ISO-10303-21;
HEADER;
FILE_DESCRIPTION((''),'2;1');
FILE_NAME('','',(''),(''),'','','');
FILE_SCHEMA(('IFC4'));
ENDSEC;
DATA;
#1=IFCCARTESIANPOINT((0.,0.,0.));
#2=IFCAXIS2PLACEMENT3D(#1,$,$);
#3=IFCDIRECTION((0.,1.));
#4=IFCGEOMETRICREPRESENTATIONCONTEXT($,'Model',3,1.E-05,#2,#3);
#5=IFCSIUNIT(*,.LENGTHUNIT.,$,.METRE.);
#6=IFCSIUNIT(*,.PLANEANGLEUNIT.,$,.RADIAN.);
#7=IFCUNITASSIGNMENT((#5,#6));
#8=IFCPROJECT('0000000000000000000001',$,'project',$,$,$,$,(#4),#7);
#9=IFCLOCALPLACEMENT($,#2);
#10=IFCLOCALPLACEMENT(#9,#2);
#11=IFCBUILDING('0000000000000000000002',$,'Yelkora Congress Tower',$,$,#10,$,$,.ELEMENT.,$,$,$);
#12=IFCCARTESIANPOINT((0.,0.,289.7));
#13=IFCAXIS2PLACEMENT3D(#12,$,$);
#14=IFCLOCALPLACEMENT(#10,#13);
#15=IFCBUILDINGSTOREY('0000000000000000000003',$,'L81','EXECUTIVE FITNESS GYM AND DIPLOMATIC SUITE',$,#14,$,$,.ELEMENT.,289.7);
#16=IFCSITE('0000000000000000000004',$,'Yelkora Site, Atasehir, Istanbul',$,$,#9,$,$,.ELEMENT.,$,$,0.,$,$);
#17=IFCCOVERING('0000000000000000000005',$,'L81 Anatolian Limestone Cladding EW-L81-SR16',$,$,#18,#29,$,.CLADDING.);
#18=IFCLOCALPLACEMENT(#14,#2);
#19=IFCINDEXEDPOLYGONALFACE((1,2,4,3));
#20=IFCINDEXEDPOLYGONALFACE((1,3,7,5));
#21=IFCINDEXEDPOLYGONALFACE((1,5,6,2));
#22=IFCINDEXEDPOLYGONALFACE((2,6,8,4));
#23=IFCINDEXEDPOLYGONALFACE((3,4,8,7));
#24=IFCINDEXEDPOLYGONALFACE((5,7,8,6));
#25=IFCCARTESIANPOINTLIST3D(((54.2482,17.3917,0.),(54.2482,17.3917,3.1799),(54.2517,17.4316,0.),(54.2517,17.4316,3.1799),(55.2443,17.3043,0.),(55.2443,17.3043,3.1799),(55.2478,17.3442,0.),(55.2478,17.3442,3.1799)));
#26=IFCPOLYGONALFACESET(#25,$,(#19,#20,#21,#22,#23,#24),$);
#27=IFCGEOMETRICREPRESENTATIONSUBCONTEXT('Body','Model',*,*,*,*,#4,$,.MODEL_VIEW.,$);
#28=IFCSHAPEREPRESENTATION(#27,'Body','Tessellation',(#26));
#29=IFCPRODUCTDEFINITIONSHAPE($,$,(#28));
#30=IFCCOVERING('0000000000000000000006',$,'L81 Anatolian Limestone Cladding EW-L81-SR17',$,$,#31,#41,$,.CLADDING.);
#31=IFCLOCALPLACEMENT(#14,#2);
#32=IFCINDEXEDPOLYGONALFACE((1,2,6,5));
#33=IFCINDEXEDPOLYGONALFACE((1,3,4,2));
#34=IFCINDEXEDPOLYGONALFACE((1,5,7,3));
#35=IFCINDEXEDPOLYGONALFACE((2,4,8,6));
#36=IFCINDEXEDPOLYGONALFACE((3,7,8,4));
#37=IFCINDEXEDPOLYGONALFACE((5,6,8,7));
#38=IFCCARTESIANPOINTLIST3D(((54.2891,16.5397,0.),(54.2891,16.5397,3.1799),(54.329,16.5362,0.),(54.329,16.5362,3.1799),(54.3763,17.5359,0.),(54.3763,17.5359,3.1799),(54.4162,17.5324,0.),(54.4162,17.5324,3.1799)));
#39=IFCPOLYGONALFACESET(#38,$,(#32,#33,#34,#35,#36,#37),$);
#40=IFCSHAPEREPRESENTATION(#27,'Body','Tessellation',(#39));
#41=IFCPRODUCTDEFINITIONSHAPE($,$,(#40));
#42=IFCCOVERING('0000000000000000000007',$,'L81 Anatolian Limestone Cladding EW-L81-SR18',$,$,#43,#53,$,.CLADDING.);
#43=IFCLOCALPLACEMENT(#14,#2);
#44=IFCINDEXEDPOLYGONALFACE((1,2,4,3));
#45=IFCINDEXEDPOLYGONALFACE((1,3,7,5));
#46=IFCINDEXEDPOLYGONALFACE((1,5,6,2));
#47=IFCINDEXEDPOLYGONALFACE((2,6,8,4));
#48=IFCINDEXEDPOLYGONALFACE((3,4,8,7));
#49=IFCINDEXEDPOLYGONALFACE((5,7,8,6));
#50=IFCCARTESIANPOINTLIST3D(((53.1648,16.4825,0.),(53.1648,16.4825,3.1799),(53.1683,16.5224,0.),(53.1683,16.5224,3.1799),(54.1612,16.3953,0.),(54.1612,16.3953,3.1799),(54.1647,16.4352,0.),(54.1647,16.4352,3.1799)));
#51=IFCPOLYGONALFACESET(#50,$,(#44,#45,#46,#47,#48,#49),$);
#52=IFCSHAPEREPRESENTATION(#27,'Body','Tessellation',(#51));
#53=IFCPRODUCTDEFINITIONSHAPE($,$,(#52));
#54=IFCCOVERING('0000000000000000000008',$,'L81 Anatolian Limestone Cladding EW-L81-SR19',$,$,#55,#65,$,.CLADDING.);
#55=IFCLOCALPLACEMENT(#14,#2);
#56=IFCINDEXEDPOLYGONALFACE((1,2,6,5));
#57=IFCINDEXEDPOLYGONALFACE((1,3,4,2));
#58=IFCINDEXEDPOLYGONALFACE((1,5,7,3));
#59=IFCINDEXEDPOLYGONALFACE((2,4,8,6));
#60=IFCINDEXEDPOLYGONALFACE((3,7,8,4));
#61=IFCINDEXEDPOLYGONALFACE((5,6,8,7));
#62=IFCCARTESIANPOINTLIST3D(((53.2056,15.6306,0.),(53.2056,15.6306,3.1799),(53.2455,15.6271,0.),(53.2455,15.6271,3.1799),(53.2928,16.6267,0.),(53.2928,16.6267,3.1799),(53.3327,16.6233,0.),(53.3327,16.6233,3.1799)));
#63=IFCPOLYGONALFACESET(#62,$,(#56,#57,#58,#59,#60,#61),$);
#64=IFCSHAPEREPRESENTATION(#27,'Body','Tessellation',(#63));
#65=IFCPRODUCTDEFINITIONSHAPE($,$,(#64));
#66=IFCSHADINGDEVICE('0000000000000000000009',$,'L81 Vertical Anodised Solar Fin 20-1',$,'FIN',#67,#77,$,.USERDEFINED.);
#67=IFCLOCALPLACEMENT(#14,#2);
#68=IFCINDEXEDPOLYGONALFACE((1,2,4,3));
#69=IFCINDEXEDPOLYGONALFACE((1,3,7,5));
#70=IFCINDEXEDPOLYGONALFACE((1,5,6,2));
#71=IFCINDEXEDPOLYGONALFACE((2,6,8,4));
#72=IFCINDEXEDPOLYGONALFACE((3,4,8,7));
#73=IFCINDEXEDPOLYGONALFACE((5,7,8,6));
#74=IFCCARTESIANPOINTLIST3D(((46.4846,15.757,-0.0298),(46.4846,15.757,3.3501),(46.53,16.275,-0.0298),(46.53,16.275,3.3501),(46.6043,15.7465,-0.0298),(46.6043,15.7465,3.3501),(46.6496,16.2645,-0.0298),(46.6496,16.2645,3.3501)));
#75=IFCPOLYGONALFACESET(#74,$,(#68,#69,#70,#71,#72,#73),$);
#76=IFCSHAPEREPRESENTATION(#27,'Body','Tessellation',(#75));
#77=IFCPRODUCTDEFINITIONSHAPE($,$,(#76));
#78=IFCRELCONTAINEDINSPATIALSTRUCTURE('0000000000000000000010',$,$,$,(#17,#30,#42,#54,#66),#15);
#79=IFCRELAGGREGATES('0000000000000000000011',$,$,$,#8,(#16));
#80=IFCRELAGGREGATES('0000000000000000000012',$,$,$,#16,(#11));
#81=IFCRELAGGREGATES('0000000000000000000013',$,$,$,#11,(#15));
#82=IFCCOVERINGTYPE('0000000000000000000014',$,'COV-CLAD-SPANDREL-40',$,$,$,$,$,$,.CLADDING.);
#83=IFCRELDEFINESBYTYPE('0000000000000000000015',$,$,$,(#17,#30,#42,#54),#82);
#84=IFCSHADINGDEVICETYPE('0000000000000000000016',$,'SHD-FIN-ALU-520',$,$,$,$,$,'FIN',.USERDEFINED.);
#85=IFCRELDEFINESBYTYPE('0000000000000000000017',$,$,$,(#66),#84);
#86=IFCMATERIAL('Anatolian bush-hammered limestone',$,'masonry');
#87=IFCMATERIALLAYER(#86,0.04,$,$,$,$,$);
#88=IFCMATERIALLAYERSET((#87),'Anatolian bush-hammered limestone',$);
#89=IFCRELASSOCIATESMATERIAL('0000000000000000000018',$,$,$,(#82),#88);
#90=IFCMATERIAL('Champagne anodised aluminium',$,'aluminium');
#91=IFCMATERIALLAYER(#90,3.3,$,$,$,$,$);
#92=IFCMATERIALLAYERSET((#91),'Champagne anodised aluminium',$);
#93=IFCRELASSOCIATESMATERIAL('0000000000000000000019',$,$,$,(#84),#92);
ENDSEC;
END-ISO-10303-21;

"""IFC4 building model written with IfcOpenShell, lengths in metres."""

from ifc_helpers import new_model, si_unit, direction, frame, frame_2d, origin, origin_2d, place, context, subcontext, project, spatial, rectangle, extrude, material, layer, layer_set, type_object, element, save


model = new_model("IFC4")

# Units and contexts
model_context = context("Model", 3, precision=1e-05, world=origin(), true_north=direction((0.0, 1.0)))
body_context = subcontext(model_context, "Body", "Model", "MODEL_VIEW")
ifc_project = project(units=[si_unit("LENGTHUNIT", "METRE"), si_unit("PLANEANGLEUNIT", "RADIAN")], contexts=[model_context])

# Site, building, storey
site_placement = place(None, origin())
site = spatial("IfcSite", under=ifc_project, at=site_placement, Name="Yelkora Site, Atasehir, Istanbul", CompositionType="ELEMENT", RefElevation=0.0)
building_placement = place(site_placement, origin())
building = spatial("IfcBuilding", under=site, at=building_placement, Name="Yelkora Congress Tower", CompositionType="ELEMENT")
storey_placement = place(building_placement, frame((0.0, 0.0, 289.7)))
storey = spatial("IfcBuildingStorey", under=building, at=storey_placement, Name="L81", Description="EXECUTIVE FITNESS GYM AND DIPLOMATIC SUITE", CompositionType="ELEMENT", Elevation=289.7)

# Coverings
ifc_material_1 = material(Name="Anatolian bush-hammered limestone", Category="masonry")
ifc_layer_1 = layer(ifc_material_1, 0.04)
ifc_layer_set_1 = layer_set([ifc_layer_1], Name="Anatolian bush-hammered limestone")
covering_type = type_object("IfcCoveringType", Name="COV-CLAD-SPANDREL-40", PredefinedType="CLADDING", material=ifc_layer_set_1)
for number, where, z_axis, x_axis, name in (
    (1, (55.2461, 17.3242, 0.0), (0.0, 0.0, 1.0), (-0.996172, 0.087409, 0.0), "L81 Anatolian Limestone Cladding EW-L81-SR16"),
    (2, (54.3962, 17.5342, 0.0), (0.0, 0.0, 1.0), (-0.087167, -0.996194, 0.0), "L81 Anatolian Limestone Cladding EW-L81-SR17"),
):
    element("IfcCovering", number, at=place(storey_placement, frame(where, z_axis=z_axis, x_axis=x_axis)), inside=storey, type_object=covering_type, Name=name, PredefinedType="CLADDING", context=body_context, shape_type="SweptSolid", body=[
        extrude(rectangle(XDim=1.0, YDim=0.04, at=frame_2d((0.5, 0.0))), origin(), (0.0, 0.0, 1.0), 3.1799),
    ])
covering_1_placement = place(storey_placement, frame((54.1628, 16.4153, 0.0), z_axis=(0.0, 0.0, 1.0), x_axis=(-0.996196, 0.087146, 0.0)))
element("IfcCovering", 3, at=covering_1_placement, inside=storey, type_object=covering_type, Name="L81 Anatolian Limestone Cladding EW-L81-SR18", PredefinedType="CLADDING", context=body_context, shape_type="SweptSolid", body=[
    extrude(rectangle(XDim=1.0002, YDim=0.04, at=frame_2d((0.5, 0.0))), origin(), (0.0, 0.0, 1.0), 3.1799),
])
covering_2_placement = place(storey_placement, frame((53.3127, 16.625, 0.0), z_axis=(0.0, 0.0, 1.0), x_axis=(-0.087167, -0.996194, 0.0)))
element("IfcCovering", 4, at=covering_2_placement, inside=storey, type_object=covering_type, Name="L81 Anatolian Limestone Cladding EW-L81-SR19", PredefinedType="CLADDING", context=body_context, shape_type="SweptSolid", body=[
    extrude(rectangle(XDim=1.0, YDim=0.04, at=frame_2d((0.5, 0.0))), origin(), (0.0, 0.0, 1.0), 3.1799),
])

# Shading device
ifc_material_2 = material(Name="Champagne anodised aluminium", Category="aluminium")
ifc_layer_2 = layer(ifc_material_2, 3.3)
ifc_layer_set_2 = layer_set([ifc_layer_2], Name="Champagne anodised aluminium")
shading_device_type = type_object("IfcShadingDeviceType", Name="SHD-FIN-ALU-520", ElementType="FIN", PredefinedType="USERDEFINED", material=ifc_layer_set_2)
shading_device_placement = place(storey_placement, frame((46.5671, 16.0107, -0.0298), z_axis=(0.0, 0.0, 1.0), x_axis=(-0.996195, 0.087156, 0.0)))
element("IfcShadingDevice", 5, at=shading_device_placement, inside=storey, type_object=shading_device_type, Name="L81 Vertical Anodised Solar Fin 20-1", ObjectType="FIN", PredefinedType="USERDEFINED", context=body_context, shape_type="SweptSolid", body=[
    extrude(rectangle(XDim=0.1201, YDim=0.52, at=origin_2d()), origin(), (0.0, 0.0, 1.0), 3.3799),
])

save(model, "model.ifc")
